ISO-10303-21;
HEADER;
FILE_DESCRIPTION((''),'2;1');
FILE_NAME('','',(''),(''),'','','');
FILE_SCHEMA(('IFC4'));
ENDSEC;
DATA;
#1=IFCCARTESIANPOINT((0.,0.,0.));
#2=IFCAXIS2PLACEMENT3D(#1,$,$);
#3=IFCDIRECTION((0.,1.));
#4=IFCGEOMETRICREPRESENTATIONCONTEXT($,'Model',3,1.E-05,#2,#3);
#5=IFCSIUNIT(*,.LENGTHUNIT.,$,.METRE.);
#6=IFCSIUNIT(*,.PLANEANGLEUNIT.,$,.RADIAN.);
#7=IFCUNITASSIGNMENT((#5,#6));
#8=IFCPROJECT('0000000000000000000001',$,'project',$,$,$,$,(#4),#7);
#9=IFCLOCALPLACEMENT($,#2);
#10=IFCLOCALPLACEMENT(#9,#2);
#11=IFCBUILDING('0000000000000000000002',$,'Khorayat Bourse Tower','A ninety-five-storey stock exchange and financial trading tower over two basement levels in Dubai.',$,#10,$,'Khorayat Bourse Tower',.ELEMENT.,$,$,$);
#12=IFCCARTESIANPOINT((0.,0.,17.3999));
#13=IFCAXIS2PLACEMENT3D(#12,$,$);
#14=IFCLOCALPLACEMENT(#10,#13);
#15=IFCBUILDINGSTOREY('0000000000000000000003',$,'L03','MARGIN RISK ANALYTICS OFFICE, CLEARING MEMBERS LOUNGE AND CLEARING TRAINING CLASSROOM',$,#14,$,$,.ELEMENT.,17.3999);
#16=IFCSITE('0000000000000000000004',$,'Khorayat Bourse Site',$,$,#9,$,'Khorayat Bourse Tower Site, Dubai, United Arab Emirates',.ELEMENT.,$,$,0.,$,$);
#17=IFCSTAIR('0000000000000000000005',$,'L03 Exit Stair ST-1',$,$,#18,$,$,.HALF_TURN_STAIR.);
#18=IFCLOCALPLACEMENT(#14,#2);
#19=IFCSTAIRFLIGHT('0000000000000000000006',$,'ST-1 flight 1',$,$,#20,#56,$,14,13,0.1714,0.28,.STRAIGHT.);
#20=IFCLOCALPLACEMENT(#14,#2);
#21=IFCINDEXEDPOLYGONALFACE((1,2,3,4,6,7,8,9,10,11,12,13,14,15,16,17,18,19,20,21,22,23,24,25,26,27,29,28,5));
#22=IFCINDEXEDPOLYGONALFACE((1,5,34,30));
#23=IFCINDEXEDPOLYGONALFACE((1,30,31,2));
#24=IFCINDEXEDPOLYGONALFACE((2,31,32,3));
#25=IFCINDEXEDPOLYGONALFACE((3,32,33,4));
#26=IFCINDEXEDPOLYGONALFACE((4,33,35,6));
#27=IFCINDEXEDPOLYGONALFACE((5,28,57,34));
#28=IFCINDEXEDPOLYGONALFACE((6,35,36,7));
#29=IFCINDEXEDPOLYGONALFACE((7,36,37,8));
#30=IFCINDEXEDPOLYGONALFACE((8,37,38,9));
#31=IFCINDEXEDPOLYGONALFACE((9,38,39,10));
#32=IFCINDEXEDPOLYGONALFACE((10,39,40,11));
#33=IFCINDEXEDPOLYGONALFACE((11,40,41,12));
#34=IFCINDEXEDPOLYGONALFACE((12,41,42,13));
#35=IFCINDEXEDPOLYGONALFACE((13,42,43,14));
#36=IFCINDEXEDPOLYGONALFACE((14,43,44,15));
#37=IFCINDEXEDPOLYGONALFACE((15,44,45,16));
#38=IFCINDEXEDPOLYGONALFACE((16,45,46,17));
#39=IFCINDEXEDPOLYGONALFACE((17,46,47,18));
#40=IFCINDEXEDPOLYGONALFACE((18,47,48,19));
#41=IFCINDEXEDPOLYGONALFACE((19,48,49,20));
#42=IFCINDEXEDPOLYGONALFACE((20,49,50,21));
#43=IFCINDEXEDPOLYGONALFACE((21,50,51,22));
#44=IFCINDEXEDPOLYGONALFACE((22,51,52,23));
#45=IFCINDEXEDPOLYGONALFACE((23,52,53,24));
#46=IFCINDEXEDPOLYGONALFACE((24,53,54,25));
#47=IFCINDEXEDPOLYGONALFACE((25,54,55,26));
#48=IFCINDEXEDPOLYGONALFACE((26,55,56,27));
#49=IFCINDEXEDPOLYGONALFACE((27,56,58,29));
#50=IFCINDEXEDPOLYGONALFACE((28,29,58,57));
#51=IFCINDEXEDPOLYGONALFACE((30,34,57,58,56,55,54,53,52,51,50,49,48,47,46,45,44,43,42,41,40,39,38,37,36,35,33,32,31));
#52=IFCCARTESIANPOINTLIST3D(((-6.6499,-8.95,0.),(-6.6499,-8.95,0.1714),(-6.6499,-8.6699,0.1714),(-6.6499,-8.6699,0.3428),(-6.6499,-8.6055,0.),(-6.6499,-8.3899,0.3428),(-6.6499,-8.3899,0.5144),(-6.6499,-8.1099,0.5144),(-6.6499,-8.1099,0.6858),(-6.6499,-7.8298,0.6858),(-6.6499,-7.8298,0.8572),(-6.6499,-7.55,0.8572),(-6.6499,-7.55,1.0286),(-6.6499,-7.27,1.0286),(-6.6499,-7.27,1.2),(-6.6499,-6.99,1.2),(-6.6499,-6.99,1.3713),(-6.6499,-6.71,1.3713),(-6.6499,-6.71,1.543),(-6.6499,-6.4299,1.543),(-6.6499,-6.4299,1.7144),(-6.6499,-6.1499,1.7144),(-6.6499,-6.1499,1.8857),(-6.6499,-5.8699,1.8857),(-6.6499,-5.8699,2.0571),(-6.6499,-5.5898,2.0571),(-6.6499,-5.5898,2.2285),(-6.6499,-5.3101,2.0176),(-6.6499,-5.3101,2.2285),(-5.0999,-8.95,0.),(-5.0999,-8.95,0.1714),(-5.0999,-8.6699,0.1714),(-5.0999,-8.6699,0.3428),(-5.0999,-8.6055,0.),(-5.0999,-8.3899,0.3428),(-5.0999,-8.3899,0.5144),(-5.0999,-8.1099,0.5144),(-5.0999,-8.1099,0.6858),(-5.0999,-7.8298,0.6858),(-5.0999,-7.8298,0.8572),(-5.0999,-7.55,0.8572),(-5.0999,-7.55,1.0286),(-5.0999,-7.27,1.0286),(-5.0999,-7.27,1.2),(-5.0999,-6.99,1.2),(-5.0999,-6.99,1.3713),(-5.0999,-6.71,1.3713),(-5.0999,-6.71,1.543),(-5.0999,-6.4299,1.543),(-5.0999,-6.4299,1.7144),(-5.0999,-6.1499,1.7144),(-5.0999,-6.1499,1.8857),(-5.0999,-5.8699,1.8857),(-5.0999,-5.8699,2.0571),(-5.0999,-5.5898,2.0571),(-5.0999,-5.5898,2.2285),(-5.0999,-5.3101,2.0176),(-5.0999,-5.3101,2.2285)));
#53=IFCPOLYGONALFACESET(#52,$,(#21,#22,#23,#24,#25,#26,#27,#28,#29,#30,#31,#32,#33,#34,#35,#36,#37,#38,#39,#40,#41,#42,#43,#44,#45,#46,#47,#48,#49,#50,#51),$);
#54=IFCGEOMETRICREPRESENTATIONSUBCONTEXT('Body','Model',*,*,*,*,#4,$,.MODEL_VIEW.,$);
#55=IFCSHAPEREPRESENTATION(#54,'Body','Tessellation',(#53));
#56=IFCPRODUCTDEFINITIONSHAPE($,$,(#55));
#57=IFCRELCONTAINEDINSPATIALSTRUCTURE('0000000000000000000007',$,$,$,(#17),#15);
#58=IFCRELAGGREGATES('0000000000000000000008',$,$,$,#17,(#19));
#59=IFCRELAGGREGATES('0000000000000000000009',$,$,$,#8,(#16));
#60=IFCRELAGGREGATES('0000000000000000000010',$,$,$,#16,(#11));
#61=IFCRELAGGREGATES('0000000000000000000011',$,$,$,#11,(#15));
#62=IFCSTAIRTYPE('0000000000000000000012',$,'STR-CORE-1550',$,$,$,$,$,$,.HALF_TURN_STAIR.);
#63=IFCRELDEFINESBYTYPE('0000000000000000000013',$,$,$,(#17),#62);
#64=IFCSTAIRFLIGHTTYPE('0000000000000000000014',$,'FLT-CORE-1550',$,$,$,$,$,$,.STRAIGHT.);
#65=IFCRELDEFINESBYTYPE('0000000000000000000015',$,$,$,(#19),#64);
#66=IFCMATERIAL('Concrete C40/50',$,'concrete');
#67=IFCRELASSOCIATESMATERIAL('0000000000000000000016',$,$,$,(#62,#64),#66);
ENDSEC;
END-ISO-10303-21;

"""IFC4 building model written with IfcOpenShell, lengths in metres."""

from ifc_helpers import new_model, si_unit, direction, frame, origin, place, context, subcontext, project, spatial, polyline, outline, extrude, source, transform, mapped, material, type_object, element, aggregate, save


model = new_model("IFC4")

# Units and contexts
model_context = context("Model", 3, precision=1e-05, world=origin(), true_north=direction((0.0, 1.0)))
body_context = subcontext(model_context, "Body", "Model", "MODEL_VIEW")
ifc_project = project(units=[si_unit("LENGTHUNIT", "METRE"), si_unit("PLANEANGLEUNIT", "RADIAN")], contexts=[model_context])

# Site, building, storey
site_placement = place(None, origin())
site = spatial("IfcSite", under=ifc_project, at=site_placement, Name="Khorayat Bourse Site", LongName="Khorayat Bourse Tower Site, Dubai, United Arab Emirates", CompositionType="ELEMENT", RefElevation=0.0)
building_placement = place(site_placement, origin())
building = spatial("IfcBuilding", under=site, at=building_placement, Name="Khorayat Bourse Tower", Description="A ninety-five-storey stock exchange and financial trading tower over two basement levels in Dubai.", LongName="Khorayat Bourse Tower", CompositionType="ELEMENT")
storey_placement = place(building_placement, frame((0.0, 0.0, 17.3999)))
storey = spatial("IfcBuildingStorey", under=building, at=storey_placement, Name="L03", Description="MARGIN RISK ANALYTICS OFFICE, CLEARING MEMBERS LOUNGE AND CLEARING TRAINING CLASSROOM", CompositionType="ELEMENT", Elevation=17.3999)

# Stair, stair flight
ifc_material_1 = material(Name="Concrete C40/50", Category="concrete")
stair_type = type_object("IfcStairType", Name="STR-CORE-1550", PredefinedType="HALF_TURN_STAIR", material=ifc_material_1)
stair_placement = place(storey_placement, origin())
stair = element("IfcStair", 1, at=stair_placement, inside=storey, type_object=stair_type, Name="L03 Exit Stair ST-1", PredefinedType="HALF_TURN_STAIR")
stair_flight_type = type_object("IfcStairFlightType", Name="FLT-CORE-1550", PredefinedType="STRAIGHT", material=ifc_material_1)
shared_shape_1 = source(origin(), body_context, "Body", "SweptSolid", [
    extrude(outline(polyline([(0.0, 0.0), (0.0, 0.1714), (0.28, 0.1714), (0.28, 0.3428), (0.5601, 0.3428), (0.5601, 0.5144), (0.8401, 0.5144), (0.8401, 0.6858), (1.1201, 0.6858), (1.1201, 0.8572), (1.3999, 0.8572), (1.3999, 1.0286), (1.6799, 1.0286), (1.6799, 1.2), (1.96, 1.2), (1.96, 1.3713), (2.24, 1.3713), (2.24, 1.543), (2.52, 1.543), (2.52, 1.7144), (2.8, 1.7144), (2.8, 1.8857), (3.0801, 1.8857), (3.0801, 2.0571), (3.3601, 2.0571), (3.3601, 2.2285), (3.6399, 2.2285), (3.6399, 2.3999), (3.6399, 2.0176), (0.3445, 0.0), (0.0, 0.0)])), frame((0.0, 0.7749, 0.0), z_axis=(0.0, -1.0, 0.0), x_axis=(1.0, 0.0, 0.0)), (0.0, 0.0, 1.0), 1.55),
])
stair_flight_placement = place(storey_placement, frame((-5.875, -8.95, 0.0), z_axis=(0.0, 0.0, 1.0), x_axis=(0.0, 1.0, 0.0)))
stair_flight = element("IfcStairFlight", 2, at=stair_flight_placement, type_object=stair_flight_type, Name="ST-1 flight 1", NumberOfRisers=14, NumberOfTreads=13, PredefinedType="STRAIGHT", RiserHeight=0.1714, TreadLength=0.28, context=body_context, shape_type="MappedRepresentation", body=[
    mapped(shared_shape_1, transform((0.0, 0.0, 0.0), scale=1.0)),
])
aggregate(stair, [stair_flight])

save(model, "model.ifc")
